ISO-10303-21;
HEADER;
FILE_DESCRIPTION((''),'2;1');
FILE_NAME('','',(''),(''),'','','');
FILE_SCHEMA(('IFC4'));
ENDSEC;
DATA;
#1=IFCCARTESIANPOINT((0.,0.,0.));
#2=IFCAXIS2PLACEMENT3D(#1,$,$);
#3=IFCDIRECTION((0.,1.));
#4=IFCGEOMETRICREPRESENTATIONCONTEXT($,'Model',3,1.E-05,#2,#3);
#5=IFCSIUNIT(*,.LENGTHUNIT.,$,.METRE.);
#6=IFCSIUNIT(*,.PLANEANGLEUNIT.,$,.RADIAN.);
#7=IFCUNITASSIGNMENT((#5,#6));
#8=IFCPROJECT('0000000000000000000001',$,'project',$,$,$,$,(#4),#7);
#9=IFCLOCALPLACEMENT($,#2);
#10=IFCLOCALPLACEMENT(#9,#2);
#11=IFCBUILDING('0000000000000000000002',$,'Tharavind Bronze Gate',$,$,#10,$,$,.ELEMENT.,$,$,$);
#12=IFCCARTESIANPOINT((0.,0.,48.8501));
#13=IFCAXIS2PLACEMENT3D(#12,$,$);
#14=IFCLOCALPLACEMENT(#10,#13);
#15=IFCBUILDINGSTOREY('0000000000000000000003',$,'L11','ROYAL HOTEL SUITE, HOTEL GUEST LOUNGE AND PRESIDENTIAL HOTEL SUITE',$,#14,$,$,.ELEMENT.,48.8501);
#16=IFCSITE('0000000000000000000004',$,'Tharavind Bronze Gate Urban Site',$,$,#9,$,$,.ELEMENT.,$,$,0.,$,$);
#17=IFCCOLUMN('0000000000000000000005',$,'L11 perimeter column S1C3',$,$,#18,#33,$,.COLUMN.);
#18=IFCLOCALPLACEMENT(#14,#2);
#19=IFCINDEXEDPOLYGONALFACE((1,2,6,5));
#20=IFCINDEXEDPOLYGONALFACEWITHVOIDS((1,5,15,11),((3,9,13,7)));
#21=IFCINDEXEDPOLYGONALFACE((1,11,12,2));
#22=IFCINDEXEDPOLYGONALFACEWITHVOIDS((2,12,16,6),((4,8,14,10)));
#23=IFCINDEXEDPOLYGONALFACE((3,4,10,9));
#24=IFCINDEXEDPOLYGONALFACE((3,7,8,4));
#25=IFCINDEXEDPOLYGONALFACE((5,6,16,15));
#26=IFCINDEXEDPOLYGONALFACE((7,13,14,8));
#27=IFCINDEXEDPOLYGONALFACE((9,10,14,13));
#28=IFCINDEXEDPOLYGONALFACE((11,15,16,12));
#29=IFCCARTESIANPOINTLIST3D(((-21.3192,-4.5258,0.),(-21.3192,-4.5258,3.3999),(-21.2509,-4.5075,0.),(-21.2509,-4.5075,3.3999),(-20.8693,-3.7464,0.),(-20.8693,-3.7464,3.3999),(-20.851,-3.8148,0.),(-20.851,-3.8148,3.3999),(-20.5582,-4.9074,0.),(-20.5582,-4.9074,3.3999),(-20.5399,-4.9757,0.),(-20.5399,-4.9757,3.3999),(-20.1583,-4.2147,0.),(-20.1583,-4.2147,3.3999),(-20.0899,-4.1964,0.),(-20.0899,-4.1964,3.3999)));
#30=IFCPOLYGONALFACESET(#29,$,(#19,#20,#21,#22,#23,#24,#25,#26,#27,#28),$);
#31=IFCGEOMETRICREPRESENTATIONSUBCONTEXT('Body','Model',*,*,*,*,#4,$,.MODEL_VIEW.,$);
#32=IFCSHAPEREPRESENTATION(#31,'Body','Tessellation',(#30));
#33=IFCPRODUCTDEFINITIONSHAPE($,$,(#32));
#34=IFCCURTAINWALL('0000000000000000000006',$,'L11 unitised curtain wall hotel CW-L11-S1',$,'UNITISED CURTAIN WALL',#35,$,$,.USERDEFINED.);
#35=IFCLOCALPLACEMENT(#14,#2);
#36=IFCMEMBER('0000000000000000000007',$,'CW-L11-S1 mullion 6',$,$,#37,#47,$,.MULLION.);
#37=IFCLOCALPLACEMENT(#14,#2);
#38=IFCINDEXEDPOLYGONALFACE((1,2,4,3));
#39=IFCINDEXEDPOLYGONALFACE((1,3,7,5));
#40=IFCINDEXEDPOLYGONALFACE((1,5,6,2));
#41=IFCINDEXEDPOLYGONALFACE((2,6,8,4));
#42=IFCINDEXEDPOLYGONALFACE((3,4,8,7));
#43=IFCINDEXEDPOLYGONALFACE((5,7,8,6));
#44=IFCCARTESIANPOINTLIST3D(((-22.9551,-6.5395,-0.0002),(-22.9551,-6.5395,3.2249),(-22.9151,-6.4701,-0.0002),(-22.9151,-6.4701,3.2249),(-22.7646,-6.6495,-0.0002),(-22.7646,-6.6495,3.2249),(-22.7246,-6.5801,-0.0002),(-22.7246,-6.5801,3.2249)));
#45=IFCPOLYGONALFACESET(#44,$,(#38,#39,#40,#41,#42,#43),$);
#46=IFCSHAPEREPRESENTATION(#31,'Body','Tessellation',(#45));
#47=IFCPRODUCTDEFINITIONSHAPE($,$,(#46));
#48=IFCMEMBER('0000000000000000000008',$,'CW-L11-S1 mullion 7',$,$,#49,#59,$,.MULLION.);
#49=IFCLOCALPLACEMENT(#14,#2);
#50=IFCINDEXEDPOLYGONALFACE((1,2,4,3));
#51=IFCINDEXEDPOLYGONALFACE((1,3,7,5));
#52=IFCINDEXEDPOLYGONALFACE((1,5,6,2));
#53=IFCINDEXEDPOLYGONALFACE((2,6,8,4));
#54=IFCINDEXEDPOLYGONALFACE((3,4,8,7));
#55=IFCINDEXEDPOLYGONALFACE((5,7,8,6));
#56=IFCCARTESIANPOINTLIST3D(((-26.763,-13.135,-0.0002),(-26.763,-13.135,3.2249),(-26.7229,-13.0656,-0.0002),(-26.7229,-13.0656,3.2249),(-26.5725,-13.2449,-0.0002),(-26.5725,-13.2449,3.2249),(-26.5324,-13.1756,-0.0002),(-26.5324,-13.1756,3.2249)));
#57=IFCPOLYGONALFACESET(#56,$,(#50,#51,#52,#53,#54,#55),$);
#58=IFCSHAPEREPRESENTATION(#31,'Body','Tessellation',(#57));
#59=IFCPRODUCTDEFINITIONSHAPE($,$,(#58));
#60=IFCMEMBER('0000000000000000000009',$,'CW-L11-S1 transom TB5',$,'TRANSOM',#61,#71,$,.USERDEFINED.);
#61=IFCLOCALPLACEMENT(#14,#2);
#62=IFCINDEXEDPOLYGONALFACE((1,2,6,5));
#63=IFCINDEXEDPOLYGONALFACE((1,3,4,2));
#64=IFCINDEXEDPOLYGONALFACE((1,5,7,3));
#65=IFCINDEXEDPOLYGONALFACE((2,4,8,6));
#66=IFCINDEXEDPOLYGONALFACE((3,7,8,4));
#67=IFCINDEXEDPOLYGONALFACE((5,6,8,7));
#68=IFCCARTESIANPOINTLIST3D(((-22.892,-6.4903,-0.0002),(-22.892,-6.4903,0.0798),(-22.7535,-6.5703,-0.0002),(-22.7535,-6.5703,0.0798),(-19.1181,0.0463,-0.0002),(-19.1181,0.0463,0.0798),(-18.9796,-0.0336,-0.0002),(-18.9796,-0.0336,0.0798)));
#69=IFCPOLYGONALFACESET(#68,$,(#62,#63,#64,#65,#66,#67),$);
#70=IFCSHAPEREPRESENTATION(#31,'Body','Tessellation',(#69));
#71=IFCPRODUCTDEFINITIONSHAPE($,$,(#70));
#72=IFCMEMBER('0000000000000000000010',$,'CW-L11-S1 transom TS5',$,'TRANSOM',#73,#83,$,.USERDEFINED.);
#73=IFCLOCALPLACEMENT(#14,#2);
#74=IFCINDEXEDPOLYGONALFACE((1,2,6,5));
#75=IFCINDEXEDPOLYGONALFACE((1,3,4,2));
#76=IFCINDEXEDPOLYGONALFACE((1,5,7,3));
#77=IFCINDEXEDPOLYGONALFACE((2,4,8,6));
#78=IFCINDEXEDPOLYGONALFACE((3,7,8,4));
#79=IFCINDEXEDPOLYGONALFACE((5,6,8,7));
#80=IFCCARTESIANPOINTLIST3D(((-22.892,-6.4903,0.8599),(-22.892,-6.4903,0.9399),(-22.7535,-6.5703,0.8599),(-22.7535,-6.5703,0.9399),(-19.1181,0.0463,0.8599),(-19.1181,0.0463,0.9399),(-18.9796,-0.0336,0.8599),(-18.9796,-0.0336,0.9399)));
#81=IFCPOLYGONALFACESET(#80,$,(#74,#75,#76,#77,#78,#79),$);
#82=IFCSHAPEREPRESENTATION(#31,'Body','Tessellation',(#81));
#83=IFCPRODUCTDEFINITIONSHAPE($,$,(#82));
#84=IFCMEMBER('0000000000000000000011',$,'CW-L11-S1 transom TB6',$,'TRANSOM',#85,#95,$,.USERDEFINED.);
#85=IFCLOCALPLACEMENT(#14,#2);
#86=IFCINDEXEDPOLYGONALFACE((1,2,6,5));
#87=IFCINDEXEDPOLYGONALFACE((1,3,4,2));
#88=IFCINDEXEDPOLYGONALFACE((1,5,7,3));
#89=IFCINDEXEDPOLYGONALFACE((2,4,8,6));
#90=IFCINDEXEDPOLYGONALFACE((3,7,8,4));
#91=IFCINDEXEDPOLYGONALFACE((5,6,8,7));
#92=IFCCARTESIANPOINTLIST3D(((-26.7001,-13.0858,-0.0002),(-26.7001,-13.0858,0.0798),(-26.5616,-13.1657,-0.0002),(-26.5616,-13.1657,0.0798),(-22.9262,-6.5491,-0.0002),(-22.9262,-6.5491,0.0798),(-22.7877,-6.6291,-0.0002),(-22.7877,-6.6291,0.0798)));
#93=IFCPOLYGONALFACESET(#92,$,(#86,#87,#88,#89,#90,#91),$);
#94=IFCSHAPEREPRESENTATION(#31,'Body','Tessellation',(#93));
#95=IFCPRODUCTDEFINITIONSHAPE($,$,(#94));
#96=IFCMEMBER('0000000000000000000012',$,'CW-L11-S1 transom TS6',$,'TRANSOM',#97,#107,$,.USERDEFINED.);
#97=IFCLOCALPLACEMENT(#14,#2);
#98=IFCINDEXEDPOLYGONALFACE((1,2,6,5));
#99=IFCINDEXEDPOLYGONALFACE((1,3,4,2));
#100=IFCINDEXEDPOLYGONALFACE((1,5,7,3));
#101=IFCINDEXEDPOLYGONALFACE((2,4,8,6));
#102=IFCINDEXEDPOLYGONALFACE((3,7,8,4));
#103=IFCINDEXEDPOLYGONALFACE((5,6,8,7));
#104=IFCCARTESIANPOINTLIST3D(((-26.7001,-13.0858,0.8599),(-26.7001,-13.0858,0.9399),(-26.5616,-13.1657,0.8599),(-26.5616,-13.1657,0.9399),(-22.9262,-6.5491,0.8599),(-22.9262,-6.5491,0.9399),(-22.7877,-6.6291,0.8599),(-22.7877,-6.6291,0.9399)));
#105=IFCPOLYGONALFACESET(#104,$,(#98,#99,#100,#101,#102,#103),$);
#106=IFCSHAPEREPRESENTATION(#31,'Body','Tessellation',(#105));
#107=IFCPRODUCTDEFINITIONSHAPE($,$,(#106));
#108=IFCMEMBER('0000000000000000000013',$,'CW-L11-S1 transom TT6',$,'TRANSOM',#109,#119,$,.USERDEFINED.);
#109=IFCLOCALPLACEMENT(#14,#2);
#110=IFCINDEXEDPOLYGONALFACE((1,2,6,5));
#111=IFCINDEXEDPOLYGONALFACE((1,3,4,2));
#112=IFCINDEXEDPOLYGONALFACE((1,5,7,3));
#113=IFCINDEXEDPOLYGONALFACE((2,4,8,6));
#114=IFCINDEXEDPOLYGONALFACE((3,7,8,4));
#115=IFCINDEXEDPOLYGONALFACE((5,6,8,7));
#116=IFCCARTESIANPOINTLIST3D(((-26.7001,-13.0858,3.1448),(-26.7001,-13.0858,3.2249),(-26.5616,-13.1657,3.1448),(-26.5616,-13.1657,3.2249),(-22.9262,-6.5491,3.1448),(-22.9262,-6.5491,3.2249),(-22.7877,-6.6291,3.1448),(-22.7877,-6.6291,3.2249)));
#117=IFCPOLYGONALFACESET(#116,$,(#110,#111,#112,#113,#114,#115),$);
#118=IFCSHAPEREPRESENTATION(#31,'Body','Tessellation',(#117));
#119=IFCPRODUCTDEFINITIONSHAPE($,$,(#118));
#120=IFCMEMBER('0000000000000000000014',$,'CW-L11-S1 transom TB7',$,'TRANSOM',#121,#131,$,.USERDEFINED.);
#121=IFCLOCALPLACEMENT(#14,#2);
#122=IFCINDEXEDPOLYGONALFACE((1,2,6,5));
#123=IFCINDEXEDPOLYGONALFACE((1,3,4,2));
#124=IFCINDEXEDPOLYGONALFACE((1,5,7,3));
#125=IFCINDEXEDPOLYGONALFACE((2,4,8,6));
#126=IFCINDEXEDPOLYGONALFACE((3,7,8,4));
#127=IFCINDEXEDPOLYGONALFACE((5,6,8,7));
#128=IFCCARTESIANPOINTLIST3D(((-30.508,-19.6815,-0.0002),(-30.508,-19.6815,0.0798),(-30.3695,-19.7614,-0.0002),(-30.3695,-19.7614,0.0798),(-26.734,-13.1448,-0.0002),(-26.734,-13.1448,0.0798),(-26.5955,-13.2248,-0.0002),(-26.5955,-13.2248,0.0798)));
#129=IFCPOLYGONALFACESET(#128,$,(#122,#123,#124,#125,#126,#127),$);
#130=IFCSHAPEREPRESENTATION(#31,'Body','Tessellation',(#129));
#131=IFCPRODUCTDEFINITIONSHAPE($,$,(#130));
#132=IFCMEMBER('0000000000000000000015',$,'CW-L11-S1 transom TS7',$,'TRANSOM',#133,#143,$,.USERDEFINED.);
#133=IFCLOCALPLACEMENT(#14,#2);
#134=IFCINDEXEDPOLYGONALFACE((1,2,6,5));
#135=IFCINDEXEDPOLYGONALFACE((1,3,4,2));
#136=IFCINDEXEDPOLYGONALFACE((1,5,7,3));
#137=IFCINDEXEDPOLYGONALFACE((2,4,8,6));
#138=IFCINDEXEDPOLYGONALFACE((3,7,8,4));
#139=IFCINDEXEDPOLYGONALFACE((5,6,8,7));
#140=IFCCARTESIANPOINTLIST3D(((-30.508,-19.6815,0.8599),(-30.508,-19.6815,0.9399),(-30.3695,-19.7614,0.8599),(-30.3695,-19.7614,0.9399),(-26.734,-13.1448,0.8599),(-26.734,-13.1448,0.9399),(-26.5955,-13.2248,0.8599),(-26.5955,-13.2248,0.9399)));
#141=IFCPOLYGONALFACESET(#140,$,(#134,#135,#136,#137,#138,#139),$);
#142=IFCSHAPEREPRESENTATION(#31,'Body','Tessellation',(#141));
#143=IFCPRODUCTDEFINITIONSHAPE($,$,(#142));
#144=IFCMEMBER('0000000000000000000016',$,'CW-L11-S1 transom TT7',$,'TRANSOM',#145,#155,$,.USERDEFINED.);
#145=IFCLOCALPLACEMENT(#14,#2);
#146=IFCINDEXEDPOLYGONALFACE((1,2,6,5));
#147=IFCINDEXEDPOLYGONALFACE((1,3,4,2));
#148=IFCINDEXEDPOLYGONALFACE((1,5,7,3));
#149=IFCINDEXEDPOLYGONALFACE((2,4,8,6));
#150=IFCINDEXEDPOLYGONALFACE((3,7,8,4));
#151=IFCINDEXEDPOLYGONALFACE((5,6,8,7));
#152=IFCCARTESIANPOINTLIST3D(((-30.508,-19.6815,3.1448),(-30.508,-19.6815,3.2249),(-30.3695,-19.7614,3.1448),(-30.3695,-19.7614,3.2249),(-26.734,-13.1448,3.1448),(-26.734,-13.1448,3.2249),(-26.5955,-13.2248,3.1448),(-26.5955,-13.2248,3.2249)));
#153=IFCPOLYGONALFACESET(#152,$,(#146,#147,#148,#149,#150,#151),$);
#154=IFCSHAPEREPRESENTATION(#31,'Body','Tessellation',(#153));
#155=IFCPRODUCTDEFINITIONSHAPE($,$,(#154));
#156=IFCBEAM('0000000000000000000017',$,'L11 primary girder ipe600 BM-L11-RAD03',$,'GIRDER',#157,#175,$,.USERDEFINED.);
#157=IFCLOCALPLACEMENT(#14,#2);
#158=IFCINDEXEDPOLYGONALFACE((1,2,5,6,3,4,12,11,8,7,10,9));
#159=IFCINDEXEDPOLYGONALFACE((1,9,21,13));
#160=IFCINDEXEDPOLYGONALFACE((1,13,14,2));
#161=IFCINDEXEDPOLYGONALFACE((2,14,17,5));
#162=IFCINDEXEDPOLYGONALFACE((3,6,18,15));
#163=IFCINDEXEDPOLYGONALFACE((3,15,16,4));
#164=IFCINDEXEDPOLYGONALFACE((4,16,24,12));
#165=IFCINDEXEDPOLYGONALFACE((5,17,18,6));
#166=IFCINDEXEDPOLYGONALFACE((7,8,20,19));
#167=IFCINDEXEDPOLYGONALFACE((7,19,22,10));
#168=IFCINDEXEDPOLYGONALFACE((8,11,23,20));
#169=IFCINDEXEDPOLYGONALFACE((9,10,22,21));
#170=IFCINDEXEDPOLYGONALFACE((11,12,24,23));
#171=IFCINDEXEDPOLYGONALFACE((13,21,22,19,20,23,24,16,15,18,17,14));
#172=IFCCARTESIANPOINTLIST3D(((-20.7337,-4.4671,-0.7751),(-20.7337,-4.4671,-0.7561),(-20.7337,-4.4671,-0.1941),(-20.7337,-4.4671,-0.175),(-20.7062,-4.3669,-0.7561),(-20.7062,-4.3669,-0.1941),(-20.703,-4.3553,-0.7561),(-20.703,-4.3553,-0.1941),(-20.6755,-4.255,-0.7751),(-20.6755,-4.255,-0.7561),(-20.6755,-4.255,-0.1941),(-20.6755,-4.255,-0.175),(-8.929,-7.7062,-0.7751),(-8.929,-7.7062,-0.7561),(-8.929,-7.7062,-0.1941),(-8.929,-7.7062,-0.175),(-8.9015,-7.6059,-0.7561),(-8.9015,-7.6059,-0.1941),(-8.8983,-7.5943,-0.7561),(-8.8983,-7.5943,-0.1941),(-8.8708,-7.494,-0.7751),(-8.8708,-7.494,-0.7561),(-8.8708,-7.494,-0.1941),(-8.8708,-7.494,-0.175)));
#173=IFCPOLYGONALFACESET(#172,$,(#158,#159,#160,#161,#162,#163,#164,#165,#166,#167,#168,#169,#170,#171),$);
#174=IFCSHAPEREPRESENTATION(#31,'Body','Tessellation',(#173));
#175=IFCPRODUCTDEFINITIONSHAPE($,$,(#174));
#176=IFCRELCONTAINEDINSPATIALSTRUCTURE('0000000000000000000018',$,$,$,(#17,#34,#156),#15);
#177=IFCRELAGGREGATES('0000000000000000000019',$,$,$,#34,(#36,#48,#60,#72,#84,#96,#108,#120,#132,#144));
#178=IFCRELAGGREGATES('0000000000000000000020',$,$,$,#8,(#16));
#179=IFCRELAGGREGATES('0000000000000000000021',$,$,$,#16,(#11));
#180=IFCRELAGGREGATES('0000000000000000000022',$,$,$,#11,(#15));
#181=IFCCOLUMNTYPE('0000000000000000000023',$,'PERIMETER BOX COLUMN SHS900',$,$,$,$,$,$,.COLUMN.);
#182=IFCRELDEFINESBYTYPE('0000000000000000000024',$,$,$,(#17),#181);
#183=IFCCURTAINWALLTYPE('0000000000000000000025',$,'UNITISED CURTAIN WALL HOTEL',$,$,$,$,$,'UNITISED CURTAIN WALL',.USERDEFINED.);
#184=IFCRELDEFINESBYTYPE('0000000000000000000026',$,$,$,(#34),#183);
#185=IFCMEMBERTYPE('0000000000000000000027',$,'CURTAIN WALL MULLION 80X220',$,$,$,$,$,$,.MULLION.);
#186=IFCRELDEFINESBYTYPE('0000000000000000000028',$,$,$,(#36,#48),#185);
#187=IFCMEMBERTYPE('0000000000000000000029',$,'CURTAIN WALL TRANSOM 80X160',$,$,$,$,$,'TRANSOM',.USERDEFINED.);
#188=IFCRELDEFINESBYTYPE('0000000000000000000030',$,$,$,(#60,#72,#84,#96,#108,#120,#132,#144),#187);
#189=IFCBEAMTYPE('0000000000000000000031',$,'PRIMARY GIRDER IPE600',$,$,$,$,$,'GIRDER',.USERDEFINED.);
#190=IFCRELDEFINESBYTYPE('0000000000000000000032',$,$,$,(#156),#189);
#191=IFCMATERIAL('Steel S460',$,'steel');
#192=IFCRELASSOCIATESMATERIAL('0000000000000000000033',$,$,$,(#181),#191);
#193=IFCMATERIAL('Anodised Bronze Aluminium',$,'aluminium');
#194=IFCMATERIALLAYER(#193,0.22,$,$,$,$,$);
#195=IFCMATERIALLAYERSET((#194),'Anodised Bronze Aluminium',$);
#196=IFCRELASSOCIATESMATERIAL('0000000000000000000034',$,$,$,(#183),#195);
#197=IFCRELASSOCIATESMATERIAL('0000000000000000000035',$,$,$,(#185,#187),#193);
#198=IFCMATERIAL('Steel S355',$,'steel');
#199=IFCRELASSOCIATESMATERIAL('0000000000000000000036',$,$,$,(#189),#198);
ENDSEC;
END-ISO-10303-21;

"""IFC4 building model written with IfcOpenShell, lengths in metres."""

from ifc_helpers import new_model, si_unit, direction, frame, origin, origin_2d, place, context, subcontext, project, spatial, rectangle, hollow_rectangle, i_section, extrude, material, layer, layer_set, material_profile, profile_set, type_object, element, aggregate, save


model = new_model("IFC4")

# Units and contexts
model_context = context("Model", 3, precision=1e-05, world=origin(), true_north=direction((0.0, 1.0)))
body_context = subcontext(model_context, "Body", "Model", "MODEL_VIEW")
ifc_project = project(units=[si_unit("LENGTHUNIT", "METRE"), si_unit("PLANEANGLEUNIT", "RADIAN")], contexts=[model_context])

# Site, building, storey
site_placement = place(None, origin())
site = spatial("IfcSite", under=ifc_project, at=site_placement, Name="Tharavind Bronze Gate Urban Site", CompositionType="ELEMENT", RefElevation=0.0)
building_placement = place(site_placement, origin())
building = spatial("IfcBuilding", under=site, at=building_placement, Name="Tharavind Bronze Gate", CompositionType="ELEMENT")
storey_placement = place(building_placement, frame((0.0, 0.0, 48.8501)))
storey = spatial("IfcBuildingStorey", under=building, at=storey_placement, Name="L11", Description="ROYAL HOTEL SUITE, HOTEL GUEST LOUNGE AND PRESIDENTIAL HOTEL SUITE", CompositionType="ELEMENT", Elevation=48.8501)

# Column
ifc_material_1 = material(Name="Steel S460", Category="steel")
ifc_material_profile_1 = material_profile(ifc_material_1, hollow_rectangle(XDim=0.8999, YDim=0.8999, WallThickness=0.05, at=origin_2d()), Name="SHS900X50")
ifc_profile_set_1 = profile_set([ifc_material_profile_1], Name="Steel S460")
column_type = type_object("IfcColumnType", Name="PERIMETER BOX COLUMN SHS900", PredefinedType="COLUMN", material=ifc_profile_set_1)
column_placement = place(storey_placement, frame((-20.7046, -4.3611, 0.0), z_axis=(0.0, 0.0, 1.0), x_axis=(0.500002, 0.866025, 0.0)))
element("IfcColumn", 1, at=column_placement, inside=storey, type_object=column_type, Name="L11 perimeter column S1C3", PredefinedType="COLUMN", context=body_context, shape_type="SweptSolid", body=[
    extrude(hollow_rectangle(XDim=0.8999, YDim=0.8999, WallThickness=0.05, at=origin_2d()), origin(), (0.0, 0.0, 1.0), 3.3999),
])

# Curtain wall, members
ifc_material_2 = material(Name="Anodised Bronze Aluminium", Category="aluminium")
ifc_layer_1 = layer(ifc_material_2, 0.22)
ifc_layer_set_1 = layer_set([ifc_layer_1], Name="Anodised Bronze Aluminium")
curtain_wall_type = type_object("IfcCurtainWallType", Name="UNITISED CURTAIN WALL HOTEL", ElementType="UNITISED CURTAIN WALL", PredefinedType="USERDEFINED", material=ifc_layer_set_1)
curtain_wall_placement = place(storey_placement, origin())
curtain_wall = element("IfcCurtainWall", 2, at=curtain_wall_placement, inside=storey, type_object=curtain_wall_type, Name="L11 unitised curtain wall hotel CW-L11-S1", ObjectType="UNITISED CURTAIN WALL", PredefinedType="USERDEFINED")
member_type_1 = type_object("IfcMemberType", Name="CURTAIN WALL MULLION 80X220", PredefinedType="MULLION", material=ifc_material_2)
member_1_placement = place(storey_placement, frame((-22.8398, -6.5598, -0.0002), z_axis=(0.0, 0.0, 1.0), x_axis=(-0.500002, -0.866025, 0.0)))
member_1 = element("IfcMember", 3, at=member_1_placement, type_object=member_type_1, Name="CW-L11-S1 mullion 6", PredefinedType="MULLION", context=body_context, shape_type="SweptSolid", body=[
    extrude(rectangle(XDim=0.0801, YDim=0.22, at=origin_2d()), origin(), (0.0, 0.0, 1.0), 3.2251),
])
member_2_placement = place(storey_placement, frame((-26.6477, -13.1553, -0.0002), z_axis=(0.0, 0.0, 1.0), x_axis=(-0.500002, -0.866025, 0.0)))
member_2 = element("IfcMember", 4, at=member_2_placement, type_object=member_type_1, Name="CW-L11-S1 mullion 7", PredefinedType="MULLION", context=body_context, shape_type="SweptSolid", body=[
    extrude(rectangle(XDim=0.0801, YDim=0.22, at=origin_2d()), origin(), (0.0, 0.0, 1.0), 3.2251),
])
member_type_2 = type_object("IfcMemberType", Name="CURTAIN WALL TRANSOM 80X160", ElementType="TRANSOM", PredefinedType="USERDEFINED", material=ifc_material_2)
member_3_placement = place(storey_placement, frame((-20.9358, -3.262, -0.0002), z_axis=(0.0, 0.0, 1.0), x_axis=(-0.500002, -0.866025, 0.0)))
member_3 = element("IfcMember", 5, at=member_3_placement, type_object=member_type_2, Name="CW-L11-S1 transom TB5", ObjectType="TRANSOM", PredefinedType="USERDEFINED", context=body_context, shape_type="SweptSolid", body=[
    extrude(rectangle(XDim=7.5479, YDim=0.1599, at=origin_2d()), origin(), (0.0, 0.0, 1.0), 0.0801),
])
member_4_placement = place(storey_placement, frame((-20.9358, -3.262, 0.8599), z_axis=(0.0, 0.0, 1.0), x_axis=(-0.500002, -0.866025, 0.0)))
member_4 = element("IfcMember", 6, at=member_4_placement, type_object=member_type_2, Name="CW-L11-S1 transom TS5", ObjectType="TRANSOM", PredefinedType="USERDEFINED", context=body_context, shape_type="SweptSolid", body=[
    extrude(rectangle(XDim=7.5479, YDim=0.1599, at=origin_2d()), origin(), (0.0, 0.0, 1.0), 0.0801),
])
member_5_placement = place(storey_placement, frame((-24.7439, -9.8574, -0.0002), z_axis=(0.0, 0.0, 1.0), x_axis=(-0.500002, -0.866025, 0.0)))
member_5 = element("IfcMember", 7, at=member_5_placement, type_object=member_type_2, Name="CW-L11-S1 transom TB6", ObjectType="TRANSOM", PredefinedType="USERDEFINED", context=body_context, shape_type="SweptSolid", body=[
    extrude(rectangle(XDim=7.5479, YDim=0.1599, at=origin_2d()), origin(), (0.0, 0.0, 1.0), 0.0801),
])
member_6_placement = place(storey_placement, frame((-24.7439, -9.8574, 0.8599), z_axis=(0.0, 0.0, 1.0), x_axis=(-0.500002, -0.866025, 0.0)))
member_6 = element("IfcMember", 8, at=member_6_placement, type_object=member_type_2, Name="CW-L11-S1 transom TS6", ObjectType="TRANSOM", PredefinedType="USERDEFINED", context=body_context, shape_type="SweptSolid", body=[
    extrude(rectangle(XDim=7.5479, YDim=0.1599, at=origin_2d()), origin(), (0.0, 0.0, 1.0), 0.0801),
])
member_7_placement = place(storey_placement, frame((-24.7439, -9.8574, 3.1448), z_axis=(0.0, 0.0, 1.0), x_axis=(-0.500002, -0.866025, 0.0)))
member_7 = element("IfcMember", 9, at=member_7_placement, type_object=member_type_2, Name="CW-L11-S1 transom TT6", ObjectType="TRANSOM", PredefinedType="USERDEFINED", context=body_context, shape_type="SweptSolid", body=[
    extrude(rectangle(XDim=7.5479, YDim=0.1599, at=origin_2d()), origin(), (0.0, 0.0, 1.0), 0.0801),
])
member_8_placement = place(storey_placement, frame((-28.5518, -16.4531, -0.0002), z_axis=(0.0, 0.0, 1.0), x_axis=(-0.500002, -0.866025, 0.0)))
member_8 = element("IfcMember", 10, at=member_8_placement, type_object=member_type_2, Name="CW-L11-S1 transom TB7", ObjectType="TRANSOM", PredefinedType="USERDEFINED", context=body_context, shape_type="SweptSolid", body=[
    extrude(rectangle(XDim=7.5479, YDim=0.1599, at=origin_2d()), origin(), (0.0, 0.0, 1.0), 0.0801),
])
member_9_placement = place(storey_placement, frame((-28.5518, -16.4531, 0.8599), z_axis=(0.0, 0.0, 1.0), x_axis=(-0.500002, -0.866025, 0.0)))
member_9 = element("IfcMember", 11, at=member_9_placement, type_object=member_type_2, Name="CW-L11-S1 transom TS7", ObjectType="TRANSOM", PredefinedType="USERDEFINED", context=body_context, shape_type="SweptSolid", body=[
    extrude(rectangle(XDim=7.5479, YDim=0.1599, at=origin_2d()), origin(), (0.0, 0.0, 1.0), 0.0801),
])
member_10_placement = place(storey_placement, frame((-28.5518, -16.4531, 3.1448), z_axis=(0.0, 0.0, 1.0), x_axis=(-0.500002, -0.866025, 0.0)))
member_10 = element("IfcMember", 12, at=member_10_placement, type_object=member_type_2, Name="CW-L11-S1 transom TT7", ObjectType="TRANSOM", PredefinedType="USERDEFINED", context=body_context, shape_type="SweptSolid", body=[
    extrude(rectangle(XDim=7.5479, YDim=0.1599, at=origin_2d()), origin(), (0.0, 0.0, 1.0), 0.0801),
])

# Beam
ifc_material_3 = material(Name="Steel S355", Category="steel")
ifc_material_profile_2 = material_profile(ifc_material_3, i_section(OverallWidth=0.22, OverallDepth=0.6001, WebThickness=0.012, FlangeThickness=0.019, at=origin_2d()), Name="IPE600")
ifc_profile_set_2 = profile_set([ifc_material_profile_2], Name="Steel S355")
beam_type_1 = type_object("IfcBeamType", Name="PRIMARY GIRDER IPE600", ElementType="GIRDER", PredefinedType="USERDEFINED", material=ifc_profile_set_2)
beam_1_placement = place(storey_placement, frame((-20.7046, -4.3611, -0.4751), z_axis=(0.964357, -0.264604, 0.0), x_axis=(0.264604, 0.964357, 0.0)))
element("IfcBeam", 13, at=beam_1_placement, inside=storey, type_object=beam_type_1, Name="L11 primary girder ipe600 BM-L11-RAD03", ObjectType="GIRDER", PredefinedType="USERDEFINED", context=body_context, shape_type="SweptSolid", body=[
    extrude(i_section(OverallWidth=0.22, OverallDepth=0.6001, WebThickness=0.012, FlangeThickness=0.019, at=origin_2d()), origin(), (0.0, 0.0, 1.0), 12.241),
])

aggregate(curtain_wall, [member_1, member_2, member_3, member_4, member_5, member_6, member_7, member_8, member_9, member_10])

save(model, "model.ifc")
